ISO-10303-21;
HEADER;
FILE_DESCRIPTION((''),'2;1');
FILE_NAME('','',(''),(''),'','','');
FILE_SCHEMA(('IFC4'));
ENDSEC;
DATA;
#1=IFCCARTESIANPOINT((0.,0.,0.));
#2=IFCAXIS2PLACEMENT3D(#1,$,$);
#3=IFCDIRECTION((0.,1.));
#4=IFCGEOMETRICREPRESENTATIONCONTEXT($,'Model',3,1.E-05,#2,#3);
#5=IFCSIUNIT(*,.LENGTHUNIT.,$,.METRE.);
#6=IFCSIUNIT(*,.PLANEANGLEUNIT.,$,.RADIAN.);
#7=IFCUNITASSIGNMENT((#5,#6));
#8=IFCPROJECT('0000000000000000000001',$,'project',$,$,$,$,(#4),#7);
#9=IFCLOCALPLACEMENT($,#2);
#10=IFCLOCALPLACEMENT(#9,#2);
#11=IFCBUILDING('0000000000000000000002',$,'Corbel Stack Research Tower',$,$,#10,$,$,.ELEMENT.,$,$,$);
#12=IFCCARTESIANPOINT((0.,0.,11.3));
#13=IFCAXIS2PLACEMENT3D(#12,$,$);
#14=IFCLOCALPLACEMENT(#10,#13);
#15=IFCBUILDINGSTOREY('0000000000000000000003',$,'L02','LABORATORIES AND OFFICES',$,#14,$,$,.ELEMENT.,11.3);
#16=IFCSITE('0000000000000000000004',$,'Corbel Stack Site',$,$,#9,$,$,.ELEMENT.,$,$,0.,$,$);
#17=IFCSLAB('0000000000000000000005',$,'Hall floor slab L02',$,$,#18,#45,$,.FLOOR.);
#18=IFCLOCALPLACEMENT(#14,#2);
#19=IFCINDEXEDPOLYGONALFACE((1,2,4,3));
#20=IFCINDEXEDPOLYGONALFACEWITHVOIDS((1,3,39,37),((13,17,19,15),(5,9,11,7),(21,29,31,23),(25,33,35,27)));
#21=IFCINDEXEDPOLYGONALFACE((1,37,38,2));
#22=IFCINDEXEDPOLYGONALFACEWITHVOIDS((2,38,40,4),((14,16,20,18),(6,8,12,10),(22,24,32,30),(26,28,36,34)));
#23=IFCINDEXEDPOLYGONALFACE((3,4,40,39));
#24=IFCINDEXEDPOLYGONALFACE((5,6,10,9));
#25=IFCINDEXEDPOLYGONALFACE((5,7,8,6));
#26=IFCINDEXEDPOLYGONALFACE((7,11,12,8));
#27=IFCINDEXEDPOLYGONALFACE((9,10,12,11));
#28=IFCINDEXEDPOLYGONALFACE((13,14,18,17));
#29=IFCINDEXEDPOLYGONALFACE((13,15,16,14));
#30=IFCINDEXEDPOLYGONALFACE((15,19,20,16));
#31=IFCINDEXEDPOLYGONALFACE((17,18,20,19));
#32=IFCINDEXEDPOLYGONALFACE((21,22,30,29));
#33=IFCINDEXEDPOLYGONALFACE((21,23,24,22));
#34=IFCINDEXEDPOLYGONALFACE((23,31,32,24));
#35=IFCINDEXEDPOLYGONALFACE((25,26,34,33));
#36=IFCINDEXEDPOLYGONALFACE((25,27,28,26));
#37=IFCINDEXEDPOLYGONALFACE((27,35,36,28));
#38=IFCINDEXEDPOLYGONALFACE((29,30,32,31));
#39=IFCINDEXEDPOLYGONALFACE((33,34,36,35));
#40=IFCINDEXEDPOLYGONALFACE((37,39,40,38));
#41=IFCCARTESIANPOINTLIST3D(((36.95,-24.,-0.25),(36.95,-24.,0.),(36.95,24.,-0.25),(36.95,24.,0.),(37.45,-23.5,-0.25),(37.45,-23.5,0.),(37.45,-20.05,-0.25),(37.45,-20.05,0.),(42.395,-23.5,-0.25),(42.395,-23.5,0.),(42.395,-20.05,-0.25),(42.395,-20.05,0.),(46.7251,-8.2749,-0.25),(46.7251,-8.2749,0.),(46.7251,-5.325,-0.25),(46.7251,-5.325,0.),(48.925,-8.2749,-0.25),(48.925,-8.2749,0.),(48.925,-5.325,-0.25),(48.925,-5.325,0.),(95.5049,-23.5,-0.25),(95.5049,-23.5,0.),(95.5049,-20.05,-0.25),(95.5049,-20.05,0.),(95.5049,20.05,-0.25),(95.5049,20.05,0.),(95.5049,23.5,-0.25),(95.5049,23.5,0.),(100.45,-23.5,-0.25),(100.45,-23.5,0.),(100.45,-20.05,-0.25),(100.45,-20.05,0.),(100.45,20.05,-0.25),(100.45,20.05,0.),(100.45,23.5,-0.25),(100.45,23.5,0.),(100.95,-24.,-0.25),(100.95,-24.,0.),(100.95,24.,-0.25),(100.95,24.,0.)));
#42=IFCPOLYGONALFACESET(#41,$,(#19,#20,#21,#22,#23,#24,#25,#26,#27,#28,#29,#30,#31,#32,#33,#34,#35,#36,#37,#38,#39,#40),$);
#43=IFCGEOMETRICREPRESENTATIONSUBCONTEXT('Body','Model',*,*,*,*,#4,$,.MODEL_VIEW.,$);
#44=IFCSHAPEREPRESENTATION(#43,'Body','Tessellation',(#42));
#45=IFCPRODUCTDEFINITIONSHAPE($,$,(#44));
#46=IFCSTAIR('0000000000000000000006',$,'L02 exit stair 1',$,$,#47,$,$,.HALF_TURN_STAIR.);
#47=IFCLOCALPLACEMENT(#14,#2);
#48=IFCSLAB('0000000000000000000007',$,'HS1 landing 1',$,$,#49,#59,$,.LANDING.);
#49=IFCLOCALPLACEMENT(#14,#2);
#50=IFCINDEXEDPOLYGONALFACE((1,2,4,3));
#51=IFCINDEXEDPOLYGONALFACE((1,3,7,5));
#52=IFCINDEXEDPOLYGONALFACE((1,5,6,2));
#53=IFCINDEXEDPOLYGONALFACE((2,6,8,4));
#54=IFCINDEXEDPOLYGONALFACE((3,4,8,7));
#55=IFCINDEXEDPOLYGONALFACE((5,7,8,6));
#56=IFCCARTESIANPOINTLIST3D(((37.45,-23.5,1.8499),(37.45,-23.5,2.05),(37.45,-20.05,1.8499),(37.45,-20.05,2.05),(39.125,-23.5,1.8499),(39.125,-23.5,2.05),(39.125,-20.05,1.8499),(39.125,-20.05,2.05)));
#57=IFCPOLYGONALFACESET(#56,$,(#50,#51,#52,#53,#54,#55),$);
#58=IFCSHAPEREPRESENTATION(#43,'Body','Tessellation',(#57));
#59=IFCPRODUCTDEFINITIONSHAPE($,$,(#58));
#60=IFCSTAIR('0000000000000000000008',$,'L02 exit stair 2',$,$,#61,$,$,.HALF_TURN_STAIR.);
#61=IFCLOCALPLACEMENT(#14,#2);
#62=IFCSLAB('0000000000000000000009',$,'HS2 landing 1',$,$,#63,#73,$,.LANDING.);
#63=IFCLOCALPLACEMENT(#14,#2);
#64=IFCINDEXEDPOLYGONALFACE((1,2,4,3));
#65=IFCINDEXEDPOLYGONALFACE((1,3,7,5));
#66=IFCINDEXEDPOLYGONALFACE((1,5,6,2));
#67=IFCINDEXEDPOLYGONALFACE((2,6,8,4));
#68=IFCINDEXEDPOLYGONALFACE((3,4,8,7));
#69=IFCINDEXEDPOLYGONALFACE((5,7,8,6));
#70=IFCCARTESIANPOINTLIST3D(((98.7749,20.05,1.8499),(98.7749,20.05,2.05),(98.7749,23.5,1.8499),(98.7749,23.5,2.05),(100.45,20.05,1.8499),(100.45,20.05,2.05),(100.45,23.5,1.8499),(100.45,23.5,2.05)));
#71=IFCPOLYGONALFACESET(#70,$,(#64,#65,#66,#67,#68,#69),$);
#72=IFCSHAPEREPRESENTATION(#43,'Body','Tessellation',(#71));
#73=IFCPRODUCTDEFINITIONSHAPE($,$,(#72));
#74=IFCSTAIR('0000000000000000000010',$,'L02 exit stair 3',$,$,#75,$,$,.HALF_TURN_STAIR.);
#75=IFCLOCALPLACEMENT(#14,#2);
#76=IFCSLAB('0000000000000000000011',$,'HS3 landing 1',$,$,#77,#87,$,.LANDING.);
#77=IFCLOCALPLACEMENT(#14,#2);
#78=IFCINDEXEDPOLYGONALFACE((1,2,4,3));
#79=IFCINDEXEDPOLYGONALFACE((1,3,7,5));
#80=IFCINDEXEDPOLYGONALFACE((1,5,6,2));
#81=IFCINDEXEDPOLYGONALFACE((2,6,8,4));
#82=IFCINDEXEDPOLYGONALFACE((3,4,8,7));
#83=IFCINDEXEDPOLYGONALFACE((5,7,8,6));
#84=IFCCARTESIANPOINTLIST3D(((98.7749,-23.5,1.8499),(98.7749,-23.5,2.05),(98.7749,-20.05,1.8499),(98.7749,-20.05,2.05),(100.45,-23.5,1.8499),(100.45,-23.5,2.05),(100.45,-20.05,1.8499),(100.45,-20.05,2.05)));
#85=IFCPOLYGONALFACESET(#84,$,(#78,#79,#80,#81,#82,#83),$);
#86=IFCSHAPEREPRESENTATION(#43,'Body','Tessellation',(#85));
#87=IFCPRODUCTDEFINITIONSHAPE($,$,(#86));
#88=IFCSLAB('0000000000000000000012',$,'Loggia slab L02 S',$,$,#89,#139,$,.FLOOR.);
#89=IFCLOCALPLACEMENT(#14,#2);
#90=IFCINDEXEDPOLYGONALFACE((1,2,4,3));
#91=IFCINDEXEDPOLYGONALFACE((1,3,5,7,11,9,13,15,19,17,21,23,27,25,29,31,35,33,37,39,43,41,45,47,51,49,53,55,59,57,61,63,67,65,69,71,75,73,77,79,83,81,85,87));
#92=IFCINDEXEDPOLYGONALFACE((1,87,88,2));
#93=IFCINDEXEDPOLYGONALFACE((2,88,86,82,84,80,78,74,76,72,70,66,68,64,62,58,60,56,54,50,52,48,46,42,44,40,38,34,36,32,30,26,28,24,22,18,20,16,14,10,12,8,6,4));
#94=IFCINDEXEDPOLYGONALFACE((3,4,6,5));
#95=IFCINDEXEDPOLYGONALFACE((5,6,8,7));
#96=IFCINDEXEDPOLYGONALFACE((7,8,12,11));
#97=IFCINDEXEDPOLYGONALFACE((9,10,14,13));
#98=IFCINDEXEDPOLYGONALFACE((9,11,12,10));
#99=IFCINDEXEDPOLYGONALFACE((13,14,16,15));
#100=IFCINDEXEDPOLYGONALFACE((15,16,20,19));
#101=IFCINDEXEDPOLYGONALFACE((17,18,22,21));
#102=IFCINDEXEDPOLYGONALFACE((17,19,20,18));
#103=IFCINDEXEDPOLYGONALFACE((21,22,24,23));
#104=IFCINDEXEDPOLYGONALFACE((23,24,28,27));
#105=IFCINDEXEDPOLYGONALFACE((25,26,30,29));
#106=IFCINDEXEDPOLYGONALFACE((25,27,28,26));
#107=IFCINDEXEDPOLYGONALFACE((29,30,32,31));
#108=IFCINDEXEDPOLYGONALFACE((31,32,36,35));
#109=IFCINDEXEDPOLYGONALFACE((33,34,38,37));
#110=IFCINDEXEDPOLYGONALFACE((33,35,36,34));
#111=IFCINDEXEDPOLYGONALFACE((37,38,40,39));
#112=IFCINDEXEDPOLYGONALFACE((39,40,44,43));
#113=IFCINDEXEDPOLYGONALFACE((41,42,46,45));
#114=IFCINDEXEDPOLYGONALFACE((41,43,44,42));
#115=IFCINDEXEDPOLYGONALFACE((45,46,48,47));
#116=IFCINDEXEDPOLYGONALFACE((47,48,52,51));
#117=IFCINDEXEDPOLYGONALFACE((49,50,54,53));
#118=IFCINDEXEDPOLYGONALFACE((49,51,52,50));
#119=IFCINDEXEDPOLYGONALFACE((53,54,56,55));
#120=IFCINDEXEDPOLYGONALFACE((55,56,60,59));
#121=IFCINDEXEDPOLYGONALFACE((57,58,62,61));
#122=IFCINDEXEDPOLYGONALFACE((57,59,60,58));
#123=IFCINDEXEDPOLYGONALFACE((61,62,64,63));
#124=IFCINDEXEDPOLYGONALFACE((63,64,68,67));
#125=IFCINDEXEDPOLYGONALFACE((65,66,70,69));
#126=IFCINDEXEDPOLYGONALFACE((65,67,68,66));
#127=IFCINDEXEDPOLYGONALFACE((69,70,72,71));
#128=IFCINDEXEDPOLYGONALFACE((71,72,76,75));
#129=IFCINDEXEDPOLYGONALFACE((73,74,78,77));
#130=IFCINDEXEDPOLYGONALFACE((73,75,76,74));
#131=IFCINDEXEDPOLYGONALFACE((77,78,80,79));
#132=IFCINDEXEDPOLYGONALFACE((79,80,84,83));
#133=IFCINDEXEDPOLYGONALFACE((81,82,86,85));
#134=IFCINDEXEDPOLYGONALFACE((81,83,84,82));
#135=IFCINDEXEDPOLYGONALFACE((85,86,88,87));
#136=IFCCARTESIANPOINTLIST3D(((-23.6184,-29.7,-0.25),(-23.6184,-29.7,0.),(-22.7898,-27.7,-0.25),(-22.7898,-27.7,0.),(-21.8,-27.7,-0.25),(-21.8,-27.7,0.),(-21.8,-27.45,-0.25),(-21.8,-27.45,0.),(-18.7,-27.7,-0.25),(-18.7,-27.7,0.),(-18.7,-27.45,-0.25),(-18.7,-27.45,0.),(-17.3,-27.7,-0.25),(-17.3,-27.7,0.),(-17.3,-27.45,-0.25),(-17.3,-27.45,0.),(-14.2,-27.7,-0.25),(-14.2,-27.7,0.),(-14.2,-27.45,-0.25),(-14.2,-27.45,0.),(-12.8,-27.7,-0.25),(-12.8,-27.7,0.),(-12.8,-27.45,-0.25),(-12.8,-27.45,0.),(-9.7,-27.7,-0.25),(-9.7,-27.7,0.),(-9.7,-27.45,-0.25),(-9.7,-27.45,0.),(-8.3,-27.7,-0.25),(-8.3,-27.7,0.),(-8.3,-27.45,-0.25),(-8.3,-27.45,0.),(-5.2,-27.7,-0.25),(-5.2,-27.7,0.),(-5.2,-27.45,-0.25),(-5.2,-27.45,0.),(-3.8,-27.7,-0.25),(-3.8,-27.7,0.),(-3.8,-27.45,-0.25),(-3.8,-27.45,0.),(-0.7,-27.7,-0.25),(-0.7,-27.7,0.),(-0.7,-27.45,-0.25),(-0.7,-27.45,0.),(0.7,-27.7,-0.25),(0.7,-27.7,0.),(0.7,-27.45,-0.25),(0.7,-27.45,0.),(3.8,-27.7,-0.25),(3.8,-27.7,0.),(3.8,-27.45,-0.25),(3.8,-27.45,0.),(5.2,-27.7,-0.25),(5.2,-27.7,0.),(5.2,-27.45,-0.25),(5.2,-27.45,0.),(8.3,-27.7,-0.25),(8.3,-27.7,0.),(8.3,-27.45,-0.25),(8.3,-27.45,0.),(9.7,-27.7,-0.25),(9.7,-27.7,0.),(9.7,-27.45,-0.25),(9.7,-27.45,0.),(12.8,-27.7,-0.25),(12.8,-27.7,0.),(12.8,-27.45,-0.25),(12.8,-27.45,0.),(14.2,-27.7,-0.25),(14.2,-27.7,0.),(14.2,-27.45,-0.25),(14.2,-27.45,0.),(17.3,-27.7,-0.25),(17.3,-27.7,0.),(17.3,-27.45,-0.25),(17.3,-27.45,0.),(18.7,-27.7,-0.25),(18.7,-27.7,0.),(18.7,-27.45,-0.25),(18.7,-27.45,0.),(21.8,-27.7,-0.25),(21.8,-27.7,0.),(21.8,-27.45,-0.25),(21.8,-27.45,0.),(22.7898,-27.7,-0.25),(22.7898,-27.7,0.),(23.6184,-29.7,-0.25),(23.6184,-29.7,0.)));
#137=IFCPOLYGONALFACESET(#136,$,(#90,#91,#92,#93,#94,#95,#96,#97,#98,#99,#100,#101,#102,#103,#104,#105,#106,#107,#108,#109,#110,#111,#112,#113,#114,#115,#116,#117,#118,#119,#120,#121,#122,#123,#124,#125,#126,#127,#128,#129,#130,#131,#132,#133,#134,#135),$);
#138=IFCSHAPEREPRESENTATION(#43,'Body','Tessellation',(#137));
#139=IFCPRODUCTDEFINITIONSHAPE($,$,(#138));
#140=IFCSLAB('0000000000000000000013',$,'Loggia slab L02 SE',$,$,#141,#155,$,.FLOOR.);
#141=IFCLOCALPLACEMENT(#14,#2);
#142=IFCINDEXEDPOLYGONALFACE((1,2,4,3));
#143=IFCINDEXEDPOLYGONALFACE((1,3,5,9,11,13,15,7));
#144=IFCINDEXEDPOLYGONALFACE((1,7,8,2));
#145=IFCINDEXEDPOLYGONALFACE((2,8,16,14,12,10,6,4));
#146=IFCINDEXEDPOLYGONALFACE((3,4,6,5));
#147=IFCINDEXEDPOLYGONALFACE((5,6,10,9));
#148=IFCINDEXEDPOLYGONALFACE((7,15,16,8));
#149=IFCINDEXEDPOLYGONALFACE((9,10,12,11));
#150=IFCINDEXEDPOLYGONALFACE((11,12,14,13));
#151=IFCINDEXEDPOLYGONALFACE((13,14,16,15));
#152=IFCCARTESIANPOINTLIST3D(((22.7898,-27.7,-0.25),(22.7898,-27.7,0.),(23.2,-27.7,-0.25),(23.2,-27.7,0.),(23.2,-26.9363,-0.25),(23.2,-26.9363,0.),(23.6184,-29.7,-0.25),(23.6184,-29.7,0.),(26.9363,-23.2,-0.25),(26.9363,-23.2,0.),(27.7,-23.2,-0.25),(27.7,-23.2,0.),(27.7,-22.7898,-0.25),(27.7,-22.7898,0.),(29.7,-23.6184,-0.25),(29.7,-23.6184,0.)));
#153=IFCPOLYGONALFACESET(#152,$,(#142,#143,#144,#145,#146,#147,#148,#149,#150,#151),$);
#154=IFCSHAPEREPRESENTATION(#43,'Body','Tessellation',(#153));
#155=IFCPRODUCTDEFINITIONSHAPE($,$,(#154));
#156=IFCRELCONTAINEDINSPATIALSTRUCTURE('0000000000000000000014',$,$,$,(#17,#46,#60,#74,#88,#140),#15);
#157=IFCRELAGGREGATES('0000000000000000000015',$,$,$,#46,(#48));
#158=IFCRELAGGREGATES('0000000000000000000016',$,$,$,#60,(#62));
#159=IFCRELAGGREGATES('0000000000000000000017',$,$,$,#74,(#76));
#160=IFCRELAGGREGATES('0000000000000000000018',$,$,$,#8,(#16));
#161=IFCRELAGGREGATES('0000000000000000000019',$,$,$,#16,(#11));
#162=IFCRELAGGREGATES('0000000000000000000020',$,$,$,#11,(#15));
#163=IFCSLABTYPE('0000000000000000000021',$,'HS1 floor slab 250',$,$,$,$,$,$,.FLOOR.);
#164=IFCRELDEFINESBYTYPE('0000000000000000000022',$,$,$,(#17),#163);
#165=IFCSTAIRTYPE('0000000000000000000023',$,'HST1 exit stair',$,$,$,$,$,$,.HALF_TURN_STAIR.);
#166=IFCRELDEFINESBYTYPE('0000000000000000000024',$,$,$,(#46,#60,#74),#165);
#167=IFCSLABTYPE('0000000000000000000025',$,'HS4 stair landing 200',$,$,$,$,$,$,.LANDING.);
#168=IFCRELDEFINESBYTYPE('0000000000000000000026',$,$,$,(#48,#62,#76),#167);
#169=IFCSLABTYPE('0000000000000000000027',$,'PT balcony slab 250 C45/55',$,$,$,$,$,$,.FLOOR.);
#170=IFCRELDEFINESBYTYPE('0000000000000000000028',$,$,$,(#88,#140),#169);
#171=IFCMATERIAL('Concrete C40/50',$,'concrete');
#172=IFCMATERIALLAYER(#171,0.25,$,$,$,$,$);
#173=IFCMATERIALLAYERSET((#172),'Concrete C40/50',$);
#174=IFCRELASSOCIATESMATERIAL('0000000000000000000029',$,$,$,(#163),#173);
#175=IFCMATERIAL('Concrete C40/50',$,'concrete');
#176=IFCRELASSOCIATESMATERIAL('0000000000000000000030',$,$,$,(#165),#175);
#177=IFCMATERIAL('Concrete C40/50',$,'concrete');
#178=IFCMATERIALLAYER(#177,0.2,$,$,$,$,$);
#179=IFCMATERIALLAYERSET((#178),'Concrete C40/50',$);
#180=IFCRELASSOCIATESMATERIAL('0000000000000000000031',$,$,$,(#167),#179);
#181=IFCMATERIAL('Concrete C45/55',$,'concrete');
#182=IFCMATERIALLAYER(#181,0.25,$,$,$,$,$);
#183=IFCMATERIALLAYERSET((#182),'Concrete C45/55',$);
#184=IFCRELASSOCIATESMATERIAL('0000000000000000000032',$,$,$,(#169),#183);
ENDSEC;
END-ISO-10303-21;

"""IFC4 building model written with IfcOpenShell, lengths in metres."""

from ifc_helpers import new_model, si_unit, direction, frame, origin, place, context, subcontext, project, spatial, polyline, outline, extrude, material, layer, layer_set, type_object, element, aggregate, save


model = new_model("IFC4")

# Units and contexts
model_context = context("Model", 3, precision=1e-05, world=origin(), true_north=direction((0.0, 1.0)))
body_context = subcontext(model_context, "Body", "Model", "MODEL_VIEW")
ifc_project = project(units=[si_unit("LENGTHUNIT", "METRE"), si_unit("PLANEANGLEUNIT", "RADIAN")], contexts=[model_context])

# Site, building, storey
site_placement = place(None, origin())
site = spatial("IfcSite", under=ifc_project, at=site_placement, Name="Corbel Stack Site", CompositionType="ELEMENT", RefElevation=0.0)
building_placement = place(site_placement, origin())
building = spatial("IfcBuilding", under=site, at=building_placement, Name="Corbel Stack Research Tower", CompositionType="ELEMENT")
storey_placement = place(building_placement, frame((0.0, 0.0, 11.3)))
storey = spatial("IfcBuildingStorey", under=building, at=storey_placement, Name="L02", Description="LABORATORIES AND OFFICES", CompositionType="ELEMENT", Elevation=11.3)

# Slab
ifc_material_1 = material(Name="Concrete C40/50", Category="concrete")
ifc_layer_1 = layer(ifc_material_1, 0.25)
ifc_layer_set_1 = layer_set([ifc_layer_1], Name="Concrete C40/50")
slab_type_1 = type_object("IfcSlabType", Name="HS1 floor slab 250", PredefinedType="FLOOR", material=ifc_layer_set_1)
slab_1_placement = place(storey_placement, frame((0.0, 0.0, -0.25)))
element("IfcSlab", 1, at=slab_1_placement, inside=storey, type_object=slab_type_1, Name="Hall floor slab L02", PredefinedType="FLOOR", context=body_context, shape_type="SweptSolid", body=[
    extrude(outline(polyline([(100.95, -24.0), (36.95, -24.0), (36.95, 24.0), (100.95, 24.0), (100.95, -24.0)]), holes=[polyline([(95.5049, 23.5), (95.5049, 20.05), (100.45, 20.05), (100.45, 23.5), (95.5049, 23.5)]), polyline([(100.45, -20.05), (95.5049, -20.05), (95.5049, -23.5), (100.45, -23.5), (100.45, -20.05)]), polyline([(48.925, -5.325), (46.7251, -5.325), (46.7251, -8.2749), (48.925, -8.2749), (48.925, -5.325)]), polyline([(37.45, -23.5), (42.395, -23.5), (42.395, -20.05), (37.45, -20.05), (37.45, -23.5)])]), origin(), (0.0, 0.0, 1.0), 0.25),
])

# Stairs, slabs
ifc_material_2 = material(Name="Concrete C40/50", Category="concrete")
stair_type = type_object("IfcStairType", Name="HST1 exit stair", PredefinedType="HALF_TURN_STAIR", material=ifc_material_2)
stair_1_placement = place(storey_placement, origin())
stair_1 = element("IfcStair", 2, at=stair_1_placement, inside=storey, type_object=stair_type, Name="L02 exit stair 1", PredefinedType="HALF_TURN_STAIR")
ifc_material_3 = material(Name="Concrete C40/50", Category="concrete")
ifc_layer_2 = layer(ifc_material_3, 0.2)
ifc_layer_set_2 = layer_set([ifc_layer_2], Name="Concrete C40/50")
slab_type_2 = type_object("IfcSlabType", Name="HS4 stair landing 200", PredefinedType="LANDING", material=ifc_layer_set_2)
slab_2_placement = place(storey_placement, frame((0.0, 0.0, 1.8499)))
slab_2 = element("IfcSlab", 3, at=slab_2_placement, type_object=slab_type_2, Name="HS1 landing 1", PredefinedType="LANDING", context=body_context, shape_type="SweptSolid", body=[
    extrude(outline(polyline([(39.125, -20.05), (37.45, -20.05), (37.45, -23.5), (39.125, -23.5), (39.125, -20.05)])), origin(), (0.0, 0.0, 1.0), 0.2002),
])
aggregate(stair_1, [slab_2])
stair_2_placement = place(storey_placement, origin())
stair_2 = element("IfcStair", 4, at=stair_2_placement, inside=storey, type_object=stair_type, Name="L02 exit stair 2", PredefinedType="HALF_TURN_STAIR")
slab_3_placement = place(storey_placement, frame((0.0, 0.0, 1.8499)))
slab_3 = element("IfcSlab", 5, at=slab_3_placement, type_object=slab_type_2, Name="HS2 landing 1", PredefinedType="LANDING", context=body_context, shape_type="SweptSolid", body=[
    extrude(outline(polyline([(98.7749, 20.05), (100.45, 20.05), (100.45, 23.5), (98.7749, 23.5), (98.7749, 20.05)])), origin(), (0.0, 0.0, 1.0), 0.2002),
])
aggregate(stair_2, [slab_3])
stair_3_placement = place(storey_placement, origin())
stair_3 = element("IfcStair", 6, at=stair_3_placement, inside=storey, type_object=stair_type, Name="L02 exit stair 3", PredefinedType="HALF_TURN_STAIR")
slab_4_placement = place(storey_placement, frame((0.0, 0.0, 1.8499)))
slab_4 = element("IfcSlab", 7, at=slab_4_placement, type_object=slab_type_2, Name="HS3 landing 1", PredefinedType="LANDING", context=body_context, shape_type="SweptSolid", body=[
    extrude(outline(polyline([(98.7749, -23.5), (100.45, -23.5), (100.45, -20.05), (98.7749, -20.05), (98.7749, -23.5)])), origin(), (0.0, 0.0, 1.0), 0.2002),
])
aggregate(stair_3, [slab_4])

# Slabs
ifc_material_4 = material(Name="Concrete C45/55", Category="concrete")
ifc_layer_3 = layer(ifc_material_4, 0.25)
ifc_layer_set_3 = layer_set([ifc_layer_3], Name="Concrete C45/55")
slab_type_3 = type_object("IfcSlabType", Name="PT balcony slab 250 C45/55", PredefinedType="FLOOR", material=ifc_layer_set_3)
slab_5_placement = place(storey_placement, frame((0.0, 0.0, -0.25)))
element("IfcSlab", 8, at=slab_5_placement, inside=storey, type_object=slab_type_3, Name="Loggia slab L02 S", PredefinedType="FLOOR", context=body_context, shape_type="SweptSolid", body=[
    extrude(outline(polyline([(22.7898, -27.7), (21.8, -27.7), (21.8, -27.45), (18.7, -27.45), (18.7, -27.7), (17.3, -27.7), (17.3, -27.45), (14.2, -27.45), (14.2, -27.7), (12.8, -27.7), (12.8, -27.45), (9.7, -27.45), (9.7, -27.7), (8.3, -27.7), (8.3, -27.45), (5.2, -27.45), (5.2, -27.7), (3.8, -27.7), (3.8, -27.45), (0.7, -27.45), (0.7, -27.7), (-0.7, -27.7), (-0.7, -27.45), (-3.8, -27.45), (-3.8, -27.7), (-5.2, -27.7), (-5.2, -27.45), (-8.3, -27.45), (-8.3, -27.7), (-9.7, -27.7), (-9.7, -27.45), (-12.8, -27.45), (-12.8, -27.7), (-14.2, -27.7), (-14.2, -27.45), (-17.3, -27.45), (-17.3, -27.7), (-18.7, -27.7), (-18.7, -27.45), (-21.8, -27.45), (-21.8, -27.7), (-22.7898, -27.7), (-23.6184, -29.7), (23.6184, -29.7), (22.7898, -27.7)])), origin(), (0.0, 0.0, 1.0), 0.25),
])
slab_6_placement = place(storey_placement, frame((0.0, 0.0, -0.25)))
element("IfcSlab", 9, at=slab_6_placement, inside=storey, type_object=slab_type_3, Name="Loggia slab L02 SE", PredefinedType="FLOOR", context=body_context, shape_type="SweptSolid", body=[
    extrude(outline(polyline([(27.7, -22.7898), (27.7, -23.2), (26.9363, -23.2), (23.2, -26.9363), (23.2, -27.7), (22.7898, -27.7), (23.6184, -29.7), (29.7, -23.6184), (27.7, -22.7898)])), origin(), (0.0, 0.0, 1.0), 0.25),
])

save(model, "model.ifc")
